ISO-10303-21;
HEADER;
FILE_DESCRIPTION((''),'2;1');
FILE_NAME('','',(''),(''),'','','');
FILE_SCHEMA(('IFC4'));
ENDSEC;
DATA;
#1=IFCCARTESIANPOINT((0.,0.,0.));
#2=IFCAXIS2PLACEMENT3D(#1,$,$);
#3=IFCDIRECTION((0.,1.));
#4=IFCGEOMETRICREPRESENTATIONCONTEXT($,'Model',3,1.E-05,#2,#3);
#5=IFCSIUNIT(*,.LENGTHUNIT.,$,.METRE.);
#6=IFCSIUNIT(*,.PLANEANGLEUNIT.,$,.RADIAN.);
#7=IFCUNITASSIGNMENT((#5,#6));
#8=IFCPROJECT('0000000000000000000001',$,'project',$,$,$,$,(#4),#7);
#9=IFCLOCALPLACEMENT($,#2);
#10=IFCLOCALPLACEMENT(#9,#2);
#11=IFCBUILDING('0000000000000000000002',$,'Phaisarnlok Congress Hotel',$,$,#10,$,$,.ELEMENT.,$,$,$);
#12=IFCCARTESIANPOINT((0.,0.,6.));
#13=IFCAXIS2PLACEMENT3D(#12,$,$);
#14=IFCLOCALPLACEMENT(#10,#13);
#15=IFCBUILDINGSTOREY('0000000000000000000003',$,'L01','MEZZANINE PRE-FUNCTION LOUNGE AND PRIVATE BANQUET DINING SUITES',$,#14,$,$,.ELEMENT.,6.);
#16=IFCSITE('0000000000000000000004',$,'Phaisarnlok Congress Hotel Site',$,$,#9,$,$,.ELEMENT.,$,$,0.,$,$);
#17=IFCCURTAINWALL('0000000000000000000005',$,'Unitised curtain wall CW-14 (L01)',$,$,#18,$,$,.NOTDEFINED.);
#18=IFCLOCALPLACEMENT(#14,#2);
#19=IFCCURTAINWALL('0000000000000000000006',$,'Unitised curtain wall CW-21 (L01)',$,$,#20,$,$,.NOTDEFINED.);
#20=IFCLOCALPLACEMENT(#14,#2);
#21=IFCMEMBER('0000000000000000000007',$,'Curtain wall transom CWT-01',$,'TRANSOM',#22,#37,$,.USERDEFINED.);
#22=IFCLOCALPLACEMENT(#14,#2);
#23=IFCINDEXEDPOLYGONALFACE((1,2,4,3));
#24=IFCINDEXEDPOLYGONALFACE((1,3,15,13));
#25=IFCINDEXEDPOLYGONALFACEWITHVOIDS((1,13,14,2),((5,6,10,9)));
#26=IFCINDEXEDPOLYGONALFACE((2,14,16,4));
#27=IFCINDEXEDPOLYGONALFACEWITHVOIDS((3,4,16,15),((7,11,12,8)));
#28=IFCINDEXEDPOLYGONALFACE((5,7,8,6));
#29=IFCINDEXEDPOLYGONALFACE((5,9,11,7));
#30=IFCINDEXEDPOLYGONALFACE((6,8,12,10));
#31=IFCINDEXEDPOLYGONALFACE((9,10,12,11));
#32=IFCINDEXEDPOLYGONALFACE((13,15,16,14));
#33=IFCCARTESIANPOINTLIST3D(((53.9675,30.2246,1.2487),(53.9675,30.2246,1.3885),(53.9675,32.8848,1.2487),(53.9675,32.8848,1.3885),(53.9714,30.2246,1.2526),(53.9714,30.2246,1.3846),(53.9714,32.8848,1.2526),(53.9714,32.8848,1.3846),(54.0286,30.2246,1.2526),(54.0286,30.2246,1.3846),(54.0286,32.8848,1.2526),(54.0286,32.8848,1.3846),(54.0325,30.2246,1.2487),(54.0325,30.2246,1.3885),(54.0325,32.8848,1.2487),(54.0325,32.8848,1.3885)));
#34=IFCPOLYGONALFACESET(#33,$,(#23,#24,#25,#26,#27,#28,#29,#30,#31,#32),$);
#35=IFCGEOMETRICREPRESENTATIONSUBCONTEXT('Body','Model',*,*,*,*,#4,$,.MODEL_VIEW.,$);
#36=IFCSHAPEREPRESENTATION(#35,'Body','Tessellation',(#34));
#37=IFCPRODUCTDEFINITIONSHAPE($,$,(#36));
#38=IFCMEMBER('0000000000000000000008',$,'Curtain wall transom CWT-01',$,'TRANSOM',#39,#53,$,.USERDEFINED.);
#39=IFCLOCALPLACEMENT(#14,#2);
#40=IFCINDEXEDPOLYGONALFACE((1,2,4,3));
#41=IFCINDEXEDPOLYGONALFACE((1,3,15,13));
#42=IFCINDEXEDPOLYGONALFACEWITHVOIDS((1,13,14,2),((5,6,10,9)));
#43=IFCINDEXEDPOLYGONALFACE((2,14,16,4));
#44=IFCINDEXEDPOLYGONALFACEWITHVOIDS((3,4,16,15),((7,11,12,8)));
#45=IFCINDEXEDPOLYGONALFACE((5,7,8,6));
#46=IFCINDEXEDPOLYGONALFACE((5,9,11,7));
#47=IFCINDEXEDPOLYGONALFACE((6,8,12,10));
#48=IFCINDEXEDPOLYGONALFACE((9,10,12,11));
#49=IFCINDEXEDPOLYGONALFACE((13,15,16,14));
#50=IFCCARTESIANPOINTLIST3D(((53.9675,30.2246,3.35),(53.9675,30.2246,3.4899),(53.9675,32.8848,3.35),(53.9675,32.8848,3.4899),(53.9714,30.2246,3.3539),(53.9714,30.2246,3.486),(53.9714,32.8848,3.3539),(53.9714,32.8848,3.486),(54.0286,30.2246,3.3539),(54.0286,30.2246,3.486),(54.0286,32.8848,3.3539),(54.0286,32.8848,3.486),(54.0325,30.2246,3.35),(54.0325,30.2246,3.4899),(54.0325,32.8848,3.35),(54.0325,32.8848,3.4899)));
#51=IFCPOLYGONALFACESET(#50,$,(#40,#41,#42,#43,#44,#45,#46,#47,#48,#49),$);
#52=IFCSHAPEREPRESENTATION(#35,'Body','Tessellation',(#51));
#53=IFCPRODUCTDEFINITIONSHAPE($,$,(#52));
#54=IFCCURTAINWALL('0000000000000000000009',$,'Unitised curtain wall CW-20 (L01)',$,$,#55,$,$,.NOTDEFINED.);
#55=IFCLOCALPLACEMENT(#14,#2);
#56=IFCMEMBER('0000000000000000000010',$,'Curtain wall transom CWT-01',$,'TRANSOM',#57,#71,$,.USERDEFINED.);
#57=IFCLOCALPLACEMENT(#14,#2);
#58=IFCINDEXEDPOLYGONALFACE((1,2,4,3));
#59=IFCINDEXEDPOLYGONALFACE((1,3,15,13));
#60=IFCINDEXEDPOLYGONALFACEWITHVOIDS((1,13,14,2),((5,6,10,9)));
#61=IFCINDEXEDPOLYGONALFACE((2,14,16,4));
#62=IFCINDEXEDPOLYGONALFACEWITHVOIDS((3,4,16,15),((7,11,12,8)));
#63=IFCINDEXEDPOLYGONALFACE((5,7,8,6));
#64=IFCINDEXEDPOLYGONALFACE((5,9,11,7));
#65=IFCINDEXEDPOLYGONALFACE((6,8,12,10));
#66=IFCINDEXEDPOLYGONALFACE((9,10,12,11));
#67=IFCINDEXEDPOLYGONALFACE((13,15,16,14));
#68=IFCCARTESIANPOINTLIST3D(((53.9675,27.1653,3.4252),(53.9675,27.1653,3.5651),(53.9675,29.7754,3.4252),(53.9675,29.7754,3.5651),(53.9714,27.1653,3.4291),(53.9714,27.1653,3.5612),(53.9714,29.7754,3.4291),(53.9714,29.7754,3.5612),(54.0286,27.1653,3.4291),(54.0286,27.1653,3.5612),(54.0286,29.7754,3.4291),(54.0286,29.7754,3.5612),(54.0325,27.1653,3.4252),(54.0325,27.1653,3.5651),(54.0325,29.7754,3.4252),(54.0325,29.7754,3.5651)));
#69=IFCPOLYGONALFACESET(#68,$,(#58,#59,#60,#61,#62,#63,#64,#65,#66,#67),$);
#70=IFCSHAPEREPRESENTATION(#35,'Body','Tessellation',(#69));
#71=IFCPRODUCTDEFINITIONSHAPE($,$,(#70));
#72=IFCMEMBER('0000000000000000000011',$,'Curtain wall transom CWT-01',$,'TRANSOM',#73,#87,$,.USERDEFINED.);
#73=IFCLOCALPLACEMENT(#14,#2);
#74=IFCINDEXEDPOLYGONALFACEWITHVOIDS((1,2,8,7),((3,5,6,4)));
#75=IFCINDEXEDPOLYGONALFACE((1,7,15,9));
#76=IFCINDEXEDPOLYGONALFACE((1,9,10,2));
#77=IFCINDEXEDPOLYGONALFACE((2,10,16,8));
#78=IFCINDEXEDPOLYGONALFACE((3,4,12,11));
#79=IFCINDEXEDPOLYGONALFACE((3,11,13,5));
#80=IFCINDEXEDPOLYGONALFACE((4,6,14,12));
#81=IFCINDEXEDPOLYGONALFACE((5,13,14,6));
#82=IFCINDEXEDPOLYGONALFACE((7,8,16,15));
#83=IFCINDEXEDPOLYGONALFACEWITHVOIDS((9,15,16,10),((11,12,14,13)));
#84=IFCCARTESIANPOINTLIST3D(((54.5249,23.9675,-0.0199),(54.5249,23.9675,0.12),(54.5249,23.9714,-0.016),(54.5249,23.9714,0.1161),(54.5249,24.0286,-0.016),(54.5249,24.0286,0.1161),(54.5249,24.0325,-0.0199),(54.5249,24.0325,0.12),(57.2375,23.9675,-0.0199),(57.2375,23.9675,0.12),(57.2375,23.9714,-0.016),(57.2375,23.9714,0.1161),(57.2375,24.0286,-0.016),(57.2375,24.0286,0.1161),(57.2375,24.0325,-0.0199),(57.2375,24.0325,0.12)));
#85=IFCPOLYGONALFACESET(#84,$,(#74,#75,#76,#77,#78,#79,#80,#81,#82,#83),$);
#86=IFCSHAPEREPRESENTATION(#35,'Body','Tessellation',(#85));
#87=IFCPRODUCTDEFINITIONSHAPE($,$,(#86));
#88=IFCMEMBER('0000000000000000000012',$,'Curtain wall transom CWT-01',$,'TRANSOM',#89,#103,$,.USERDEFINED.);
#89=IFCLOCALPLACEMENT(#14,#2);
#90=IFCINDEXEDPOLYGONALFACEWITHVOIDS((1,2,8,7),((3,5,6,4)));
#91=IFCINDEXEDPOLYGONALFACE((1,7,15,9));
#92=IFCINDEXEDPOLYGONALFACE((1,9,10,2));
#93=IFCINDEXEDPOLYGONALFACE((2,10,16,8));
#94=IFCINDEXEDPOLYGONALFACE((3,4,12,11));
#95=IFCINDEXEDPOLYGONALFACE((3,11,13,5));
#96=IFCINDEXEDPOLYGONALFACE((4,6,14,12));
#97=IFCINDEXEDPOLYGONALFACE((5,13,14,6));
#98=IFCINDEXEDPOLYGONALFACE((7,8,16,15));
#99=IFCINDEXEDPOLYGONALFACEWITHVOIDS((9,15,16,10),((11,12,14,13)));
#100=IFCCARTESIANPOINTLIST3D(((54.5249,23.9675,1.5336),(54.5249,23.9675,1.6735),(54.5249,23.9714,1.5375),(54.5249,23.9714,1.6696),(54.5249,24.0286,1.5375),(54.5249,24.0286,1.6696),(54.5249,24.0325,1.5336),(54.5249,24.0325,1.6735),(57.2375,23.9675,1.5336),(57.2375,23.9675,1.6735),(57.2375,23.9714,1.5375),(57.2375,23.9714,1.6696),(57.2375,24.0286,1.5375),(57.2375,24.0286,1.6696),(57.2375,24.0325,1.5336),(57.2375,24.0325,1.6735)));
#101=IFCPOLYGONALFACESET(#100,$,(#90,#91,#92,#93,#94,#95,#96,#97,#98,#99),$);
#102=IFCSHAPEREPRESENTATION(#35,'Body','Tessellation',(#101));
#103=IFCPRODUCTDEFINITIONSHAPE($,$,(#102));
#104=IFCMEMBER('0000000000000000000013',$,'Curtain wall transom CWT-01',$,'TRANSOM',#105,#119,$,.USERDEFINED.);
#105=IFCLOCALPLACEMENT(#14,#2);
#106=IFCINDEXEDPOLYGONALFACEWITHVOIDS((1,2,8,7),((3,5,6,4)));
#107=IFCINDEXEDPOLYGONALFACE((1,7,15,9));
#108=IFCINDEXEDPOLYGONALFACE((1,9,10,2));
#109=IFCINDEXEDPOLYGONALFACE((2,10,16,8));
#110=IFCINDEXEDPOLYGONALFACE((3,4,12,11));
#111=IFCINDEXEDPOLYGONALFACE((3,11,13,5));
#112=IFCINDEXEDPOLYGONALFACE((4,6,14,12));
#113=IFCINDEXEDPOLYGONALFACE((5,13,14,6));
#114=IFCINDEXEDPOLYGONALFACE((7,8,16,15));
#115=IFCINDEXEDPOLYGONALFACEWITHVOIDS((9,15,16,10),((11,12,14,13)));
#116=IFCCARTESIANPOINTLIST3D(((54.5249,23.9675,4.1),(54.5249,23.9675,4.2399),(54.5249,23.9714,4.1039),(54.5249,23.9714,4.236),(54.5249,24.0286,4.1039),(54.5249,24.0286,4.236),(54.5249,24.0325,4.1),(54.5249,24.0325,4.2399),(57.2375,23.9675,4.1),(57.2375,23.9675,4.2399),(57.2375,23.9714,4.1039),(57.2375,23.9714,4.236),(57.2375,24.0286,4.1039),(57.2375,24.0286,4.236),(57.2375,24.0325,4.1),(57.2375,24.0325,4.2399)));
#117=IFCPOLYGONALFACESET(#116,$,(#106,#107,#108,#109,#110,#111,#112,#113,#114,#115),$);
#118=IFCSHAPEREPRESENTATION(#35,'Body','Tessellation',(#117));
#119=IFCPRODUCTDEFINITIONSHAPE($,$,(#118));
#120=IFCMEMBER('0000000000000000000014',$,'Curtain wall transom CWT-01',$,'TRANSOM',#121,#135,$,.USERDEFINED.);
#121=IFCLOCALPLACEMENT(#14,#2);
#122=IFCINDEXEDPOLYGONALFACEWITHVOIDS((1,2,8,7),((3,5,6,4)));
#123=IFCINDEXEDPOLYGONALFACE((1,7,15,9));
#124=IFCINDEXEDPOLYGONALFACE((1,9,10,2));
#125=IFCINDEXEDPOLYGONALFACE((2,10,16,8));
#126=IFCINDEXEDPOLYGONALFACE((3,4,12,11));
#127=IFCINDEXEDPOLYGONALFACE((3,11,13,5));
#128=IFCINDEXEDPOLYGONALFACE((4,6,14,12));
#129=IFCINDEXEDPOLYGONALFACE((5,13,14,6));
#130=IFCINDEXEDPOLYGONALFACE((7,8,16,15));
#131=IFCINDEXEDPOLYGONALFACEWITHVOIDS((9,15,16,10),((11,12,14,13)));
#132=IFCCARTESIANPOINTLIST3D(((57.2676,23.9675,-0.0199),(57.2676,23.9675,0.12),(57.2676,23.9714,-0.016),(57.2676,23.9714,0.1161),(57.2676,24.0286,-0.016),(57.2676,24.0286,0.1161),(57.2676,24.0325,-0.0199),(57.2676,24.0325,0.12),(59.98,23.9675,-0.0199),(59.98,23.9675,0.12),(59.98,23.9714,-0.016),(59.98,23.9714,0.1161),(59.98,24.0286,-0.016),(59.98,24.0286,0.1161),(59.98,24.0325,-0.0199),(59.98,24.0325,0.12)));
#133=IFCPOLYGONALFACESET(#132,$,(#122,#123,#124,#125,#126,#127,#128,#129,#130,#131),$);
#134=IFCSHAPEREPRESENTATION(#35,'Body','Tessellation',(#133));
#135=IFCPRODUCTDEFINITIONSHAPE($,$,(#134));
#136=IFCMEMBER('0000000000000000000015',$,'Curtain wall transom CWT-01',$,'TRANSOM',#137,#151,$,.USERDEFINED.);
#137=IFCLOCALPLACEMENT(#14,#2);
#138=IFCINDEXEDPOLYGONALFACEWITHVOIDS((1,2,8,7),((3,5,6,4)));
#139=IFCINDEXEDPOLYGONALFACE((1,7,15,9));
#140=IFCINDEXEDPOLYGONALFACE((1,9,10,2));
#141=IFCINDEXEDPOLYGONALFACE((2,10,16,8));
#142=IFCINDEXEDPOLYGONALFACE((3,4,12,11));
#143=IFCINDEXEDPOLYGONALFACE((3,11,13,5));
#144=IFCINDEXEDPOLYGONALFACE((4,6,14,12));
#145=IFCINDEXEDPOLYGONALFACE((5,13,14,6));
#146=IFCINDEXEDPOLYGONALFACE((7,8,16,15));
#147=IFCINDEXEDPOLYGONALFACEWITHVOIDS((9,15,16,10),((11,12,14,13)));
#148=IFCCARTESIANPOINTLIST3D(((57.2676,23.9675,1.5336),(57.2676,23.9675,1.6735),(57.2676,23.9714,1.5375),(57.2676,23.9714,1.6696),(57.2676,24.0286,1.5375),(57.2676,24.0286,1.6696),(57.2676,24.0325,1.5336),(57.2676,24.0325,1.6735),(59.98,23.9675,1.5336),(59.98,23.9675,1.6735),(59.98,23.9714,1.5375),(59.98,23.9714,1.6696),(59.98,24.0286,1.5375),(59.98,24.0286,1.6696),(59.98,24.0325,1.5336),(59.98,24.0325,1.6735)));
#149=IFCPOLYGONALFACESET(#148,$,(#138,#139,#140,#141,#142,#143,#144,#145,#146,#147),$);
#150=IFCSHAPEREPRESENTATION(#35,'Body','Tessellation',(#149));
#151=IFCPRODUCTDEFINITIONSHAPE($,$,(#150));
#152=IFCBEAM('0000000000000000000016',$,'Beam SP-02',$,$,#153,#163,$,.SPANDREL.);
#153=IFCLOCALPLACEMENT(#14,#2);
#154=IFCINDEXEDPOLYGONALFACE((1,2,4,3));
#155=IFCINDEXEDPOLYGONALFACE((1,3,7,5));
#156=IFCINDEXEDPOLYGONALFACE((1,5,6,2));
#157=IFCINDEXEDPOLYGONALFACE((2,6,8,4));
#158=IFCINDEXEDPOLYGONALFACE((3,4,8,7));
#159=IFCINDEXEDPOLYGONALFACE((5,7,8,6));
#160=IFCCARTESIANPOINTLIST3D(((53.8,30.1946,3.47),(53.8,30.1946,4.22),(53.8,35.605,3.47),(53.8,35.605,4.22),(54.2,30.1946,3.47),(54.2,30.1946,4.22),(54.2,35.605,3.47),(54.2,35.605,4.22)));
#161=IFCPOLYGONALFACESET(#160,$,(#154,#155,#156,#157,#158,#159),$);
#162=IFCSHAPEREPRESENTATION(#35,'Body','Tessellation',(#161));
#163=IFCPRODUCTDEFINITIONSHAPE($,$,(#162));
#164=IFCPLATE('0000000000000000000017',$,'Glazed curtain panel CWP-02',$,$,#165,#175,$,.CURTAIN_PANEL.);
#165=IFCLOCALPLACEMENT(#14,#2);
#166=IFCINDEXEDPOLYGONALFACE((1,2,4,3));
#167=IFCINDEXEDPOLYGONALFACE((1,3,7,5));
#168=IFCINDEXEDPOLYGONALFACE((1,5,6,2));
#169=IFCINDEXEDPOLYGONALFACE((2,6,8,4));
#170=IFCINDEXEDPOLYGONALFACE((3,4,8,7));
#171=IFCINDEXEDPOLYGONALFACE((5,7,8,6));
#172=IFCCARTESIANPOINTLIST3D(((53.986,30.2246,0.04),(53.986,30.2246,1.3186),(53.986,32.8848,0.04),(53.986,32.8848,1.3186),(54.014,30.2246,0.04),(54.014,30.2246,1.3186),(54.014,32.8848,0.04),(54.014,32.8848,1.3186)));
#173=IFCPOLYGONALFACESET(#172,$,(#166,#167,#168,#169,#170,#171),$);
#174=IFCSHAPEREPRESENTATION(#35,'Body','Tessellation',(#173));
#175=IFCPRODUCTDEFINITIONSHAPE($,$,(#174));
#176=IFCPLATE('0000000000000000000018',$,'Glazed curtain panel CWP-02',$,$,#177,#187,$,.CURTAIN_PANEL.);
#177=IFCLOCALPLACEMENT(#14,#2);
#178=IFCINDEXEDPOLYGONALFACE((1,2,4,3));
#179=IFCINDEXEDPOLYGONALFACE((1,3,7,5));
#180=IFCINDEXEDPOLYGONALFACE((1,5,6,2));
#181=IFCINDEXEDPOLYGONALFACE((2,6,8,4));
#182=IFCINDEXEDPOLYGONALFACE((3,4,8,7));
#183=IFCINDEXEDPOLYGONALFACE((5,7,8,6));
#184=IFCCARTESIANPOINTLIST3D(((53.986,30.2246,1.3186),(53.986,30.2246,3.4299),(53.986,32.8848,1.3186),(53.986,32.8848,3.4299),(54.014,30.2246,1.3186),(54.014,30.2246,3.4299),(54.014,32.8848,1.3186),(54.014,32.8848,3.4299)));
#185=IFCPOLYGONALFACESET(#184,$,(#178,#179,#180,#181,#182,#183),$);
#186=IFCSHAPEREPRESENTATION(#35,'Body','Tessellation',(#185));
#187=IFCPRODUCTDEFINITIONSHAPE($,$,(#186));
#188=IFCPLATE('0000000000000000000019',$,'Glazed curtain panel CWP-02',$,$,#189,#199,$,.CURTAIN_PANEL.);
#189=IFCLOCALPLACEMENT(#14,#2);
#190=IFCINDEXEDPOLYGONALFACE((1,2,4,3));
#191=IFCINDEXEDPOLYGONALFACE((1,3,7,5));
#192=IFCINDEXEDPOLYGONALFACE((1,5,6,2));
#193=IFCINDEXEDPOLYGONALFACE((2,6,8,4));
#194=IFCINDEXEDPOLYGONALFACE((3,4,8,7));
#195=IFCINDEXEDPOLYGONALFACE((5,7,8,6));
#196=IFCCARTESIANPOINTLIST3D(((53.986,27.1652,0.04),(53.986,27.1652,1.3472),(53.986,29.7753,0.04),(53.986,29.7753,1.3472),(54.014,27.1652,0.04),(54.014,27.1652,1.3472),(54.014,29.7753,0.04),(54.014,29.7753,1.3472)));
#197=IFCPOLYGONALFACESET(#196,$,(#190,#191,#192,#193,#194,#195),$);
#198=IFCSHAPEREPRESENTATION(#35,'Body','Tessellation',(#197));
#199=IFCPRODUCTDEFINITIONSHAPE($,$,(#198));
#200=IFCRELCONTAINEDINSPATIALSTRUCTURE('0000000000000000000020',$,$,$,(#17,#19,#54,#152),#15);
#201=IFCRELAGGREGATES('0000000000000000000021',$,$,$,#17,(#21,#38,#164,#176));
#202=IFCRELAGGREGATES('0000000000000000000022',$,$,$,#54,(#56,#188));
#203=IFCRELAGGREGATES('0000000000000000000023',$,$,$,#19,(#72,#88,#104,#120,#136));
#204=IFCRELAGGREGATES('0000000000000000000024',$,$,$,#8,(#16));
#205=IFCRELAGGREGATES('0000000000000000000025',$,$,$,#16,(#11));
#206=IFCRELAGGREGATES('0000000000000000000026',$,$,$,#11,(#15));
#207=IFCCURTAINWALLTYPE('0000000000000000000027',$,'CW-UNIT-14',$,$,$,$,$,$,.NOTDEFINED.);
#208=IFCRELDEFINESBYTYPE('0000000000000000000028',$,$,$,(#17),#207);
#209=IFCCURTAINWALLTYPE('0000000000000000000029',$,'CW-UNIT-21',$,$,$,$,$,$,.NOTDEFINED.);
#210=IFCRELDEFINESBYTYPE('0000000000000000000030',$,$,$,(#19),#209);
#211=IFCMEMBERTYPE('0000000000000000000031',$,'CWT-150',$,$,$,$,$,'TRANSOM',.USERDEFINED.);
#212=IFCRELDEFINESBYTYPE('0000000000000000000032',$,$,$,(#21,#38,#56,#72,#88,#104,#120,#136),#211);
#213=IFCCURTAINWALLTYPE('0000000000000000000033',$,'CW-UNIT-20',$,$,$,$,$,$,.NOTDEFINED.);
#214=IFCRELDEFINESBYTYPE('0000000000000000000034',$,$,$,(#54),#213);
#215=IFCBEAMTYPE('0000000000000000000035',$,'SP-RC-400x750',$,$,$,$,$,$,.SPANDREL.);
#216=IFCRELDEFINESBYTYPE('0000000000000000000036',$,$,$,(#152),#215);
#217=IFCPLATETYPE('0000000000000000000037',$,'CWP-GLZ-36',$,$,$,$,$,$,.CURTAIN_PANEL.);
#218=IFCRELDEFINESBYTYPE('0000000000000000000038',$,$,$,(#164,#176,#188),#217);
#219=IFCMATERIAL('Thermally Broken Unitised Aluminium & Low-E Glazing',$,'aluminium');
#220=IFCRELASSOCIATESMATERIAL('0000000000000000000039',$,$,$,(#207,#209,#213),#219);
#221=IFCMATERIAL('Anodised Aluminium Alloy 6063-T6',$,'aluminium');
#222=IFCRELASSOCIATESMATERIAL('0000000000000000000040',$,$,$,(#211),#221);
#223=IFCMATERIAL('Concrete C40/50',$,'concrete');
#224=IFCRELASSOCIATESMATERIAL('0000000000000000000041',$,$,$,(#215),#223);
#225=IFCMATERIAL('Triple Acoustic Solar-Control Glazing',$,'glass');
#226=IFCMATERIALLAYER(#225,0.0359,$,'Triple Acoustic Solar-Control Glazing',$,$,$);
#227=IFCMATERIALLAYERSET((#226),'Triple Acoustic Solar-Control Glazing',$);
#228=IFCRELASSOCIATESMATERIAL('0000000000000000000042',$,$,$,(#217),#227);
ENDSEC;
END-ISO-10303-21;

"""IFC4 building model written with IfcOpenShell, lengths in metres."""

from ifc_helpers import new_model, si_unit, direction, frame, frame_2d, origin, origin_2d, place, context, subcontext, project, spatial, rectangle, hollow_rectangle, extrude, material, layer, layer_set, material_profile, profile_set, type_object, element, aggregate, save


model = new_model("IFC4")

# Units and contexts
model_context = context("Model", 3, precision=1e-05, world=origin(), true_north=direction((0.0, 1.0)))
body_context = subcontext(model_context, "Body", "Model", "MODEL_VIEW")
ifc_project = project(units=[si_unit("LENGTHUNIT", "METRE"), si_unit("PLANEANGLEUNIT", "RADIAN")], contexts=[model_context])

# Site, building, storey
site_placement = place(None, origin())
site = spatial("IfcSite", under=ifc_project, at=site_placement, Name="Phaisarnlok Congress Hotel Site", CompositionType="ELEMENT", RefElevation=0.0)
building_placement = place(site_placement, origin())
building = spatial("IfcBuilding", under=site, at=building_placement, Name="Phaisarnlok Congress Hotel", CompositionType="ELEMENT")
storey_placement = place(building_placement, frame((0.0, 0.0, 6.0)))
storey = spatial("IfcBuildingStorey", under=building, at=storey_placement, Name="L01", Description="MEZZANINE PRE-FUNCTION LOUNGE AND PRIVATE BANQUET DINING SUITES", CompositionType="ELEMENT", Elevation=6.0)

# Curtain walls
ifc_material_1 = material(Name="Thermally Broken Unitised Aluminium & Low-E Glazing", Category="aluminium")
curtain_wall_type_1 = type_object("IfcCurtainWallType", Name="CW-UNIT-14", PredefinedType="NOTDEFINED", material=ifc_material_1)
curtain_wall_1_placement = place(storey_placement, origin())
curtain_wall_1 = element("IfcCurtainWall", 1, at=curtain_wall_1_placement, inside=storey, type_object=curtain_wall_type_1, Name="Unitised curtain wall CW-14 (L01)", PredefinedType="NOTDEFINED")
ifc_material_2 = material(Name="Anodised Aluminium Alloy 6063-T6", Category="aluminium")
curtain_wall_type_2 = type_object("IfcCurtainWallType", Name="CW-UNIT-21", PredefinedType="NOTDEFINED", material=ifc_material_1)
curtain_wall_2_placement = place(storey_placement, origin())
curtain_wall_2 = element("IfcCurtainWall", 2, at=curtain_wall_2_placement, inside=storey, type_object=curtain_wall_type_2, Name="Unitised curtain wall CW-21 (L01)", PredefinedType="NOTDEFINED")

# Members
ifc_material_profile_1 = material_profile(ifc_material_2, hollow_rectangle(XDim=0.0649, YDim=0.1399, WallThickness=0.0039, at=origin_2d()), Name="ALU-T 65x140x4")
ifc_profile_set_1 = profile_set([ifc_material_profile_1], Name="Anodised Aluminium Alloy 6063-T6")
member_type_1 = type_object("IfcMemberType", Name="CWT-150", ElementType="TRANSOM", PredefinedType="USERDEFINED", material=ifc_profile_set_1)
member_1_placement = place(storey_placement, frame((54.0, 32.8848, 1.3186), z_axis=(0.0, -1.0, 0.0), x_axis=(1.0, 0.0, 0.0)))
member_1 = element("IfcMember", 3, at=member_1_placement, type_object=member_type_1, Name="Curtain wall transom CWT-01", ObjectType="TRANSOM", PredefinedType="USERDEFINED", context=body_context, shape_type="SweptSolid", body=[
    extrude(hollow_rectangle(XDim=0.0649, YDim=0.1399, WallThickness=0.0039, at=origin_2d()), origin(), (0.0, 0.0, 1.0), 2.6602),
])
member_2_placement = place(storey_placement, frame((54.0, 32.8848, 3.4199), z_axis=(0.0, -1.0, 0.0), x_axis=(1.0, 0.0, 0.0)))
member_2 = element("IfcMember", 4, at=member_2_placement, type_object=member_type_1, Name="Curtain wall transom CWT-01", ObjectType="TRANSOM", PredefinedType="USERDEFINED", context=body_context, shape_type="SweptSolid", body=[
    extrude(hollow_rectangle(XDim=0.0649, YDim=0.1399, WallThickness=0.0039, at=origin_2d()), origin(), (0.0, 0.0, 1.0), 2.6602),
])

# Curtain wall, member
curtain_wall_type_3 = type_object("IfcCurtainWallType", Name="CW-UNIT-20", PredefinedType="NOTDEFINED", material=ifc_material_1)
curtain_wall_3_placement = place(storey_placement, origin())
curtain_wall_3 = element("IfcCurtainWall", 5, at=curtain_wall_3_placement, inside=storey, type_object=curtain_wall_type_3, Name="Unitised curtain wall CW-20 (L01)", PredefinedType="NOTDEFINED")
member_3_placement = place(storey_placement, frame((54.0, 29.7754, 3.4951), z_axis=(0.0, -1.0, 0.0), x_axis=(1.0, 0.0, 0.0)))
member_3 = element("IfcMember", 6, at=member_3_placement, type_object=member_type_1, Name="Curtain wall transom CWT-01", ObjectType="TRANSOM", PredefinedType="USERDEFINED", context=body_context, shape_type="SweptSolid", body=[
    extrude(hollow_rectangle(XDim=0.0649, YDim=0.1399, WallThickness=0.0039, at=origin_2d()), origin(), (0.0, 0.0, 1.0), 2.6101),
])

# Members
member_4_placement = place(storey_placement, frame((54.5249, 24.0, 0.05), z_axis=(1.0, 0.0, 0.0), x_axis=(0.0, 1.0, 0.0)))
member_4 = element("IfcMember", 7, at=member_4_placement, type_object=member_type_1, Name="Curtain wall transom CWT-01", ObjectType="TRANSOM", PredefinedType="USERDEFINED", context=body_context, shape_type="SweptSolid", body=[
    extrude(hollow_rectangle(XDim=0.0649, YDim=0.1399, WallThickness=0.0039, at=origin_2d()), origin(), (0.0, 0.0, 1.0), 2.7126),
])
member_5_placement = place(storey_placement, frame((54.5249, 24.0, 1.6035), z_axis=(1.0, 0.0, 0.0), x_axis=(0.0, 1.0, 0.0)))
member_5 = element("IfcMember", 8, at=member_5_placement, type_object=member_type_1, Name="Curtain wall transom CWT-01", ObjectType="TRANSOM", PredefinedType="USERDEFINED", context=body_context, shape_type="SweptSolid", body=[
    extrude(hollow_rectangle(XDim=0.0649, YDim=0.1399, WallThickness=0.0039, at=origin_2d()), origin(), (0.0, 0.0, 1.0), 2.7126),
])
member_6_placement = place(storey_placement, frame((54.5249, 24.0, 4.1699), z_axis=(1.0, 0.0, 0.0), x_axis=(0.0, 1.0, 0.0)))
member_6 = element("IfcMember", 9, at=member_6_placement, type_object=member_type_1, Name="Curtain wall transom CWT-01", ObjectType="TRANSOM", PredefinedType="USERDEFINED", context=body_context, shape_type="SweptSolid", body=[
    extrude(hollow_rectangle(XDim=0.0649, YDim=0.1399, WallThickness=0.0039, at=origin_2d()), origin(), (0.0, 0.0, 1.0), 2.7126),
])
member_7_placement = place(storey_placement, frame((57.2676, 24.0, 0.05), z_axis=(1.0, 0.0, 0.0), x_axis=(0.0, 1.0, 0.0)))
member_7 = element("IfcMember", 10, at=member_7_placement, type_object=member_type_1, Name="Curtain wall transom CWT-01", ObjectType="TRANSOM", PredefinedType="USERDEFINED", context=body_context, shape_type="SweptSolid", body=[
    extrude(hollow_rectangle(XDim=0.0649, YDim=0.1399, WallThickness=0.0039, at=origin_2d()), origin(), (0.0, 0.0, 1.0), 2.7124),
])
member_8_placement = place(storey_placement, frame((57.2676, 24.0, 1.6035), z_axis=(1.0, 0.0, 0.0), x_axis=(0.0, 1.0, 0.0)))
member_8 = element("IfcMember", 11, at=member_8_placement, type_object=member_type_1, Name="Curtain wall transom CWT-01", ObjectType="TRANSOM", PredefinedType="USERDEFINED", context=body_context, shape_type="SweptSolid", body=[
    extrude(hollow_rectangle(XDim=0.0649, YDim=0.1399, WallThickness=0.0039, at=origin_2d()), origin(), (0.0, 0.0, 1.0), 2.7124),
])

# Beam
ifc_material_3 = material(Name="Concrete C40/50", Category="concrete")
ifc_material_profile_2 = material_profile(ifc_material_3, rectangle(XDim=0.3999, YDim=0.75, at=origin_2d()), Name="RC 400x750")
ifc_profile_set_2 = profile_set([ifc_material_profile_2], Name="Concrete C40/50")
beam_type_1 = type_object("IfcBeamType", Name="SP-RC-400x750", PredefinedType="SPANDREL", material=ifc_profile_set_2)
beam_1_placement = place(storey_placement, frame((54.0, 30.1946, 3.845), z_axis=(0.0, 1.0, 0.0), x_axis=(-1.0, 0.0, 0.0)))
element("IfcBeam", 12, at=beam_1_placement, inside=storey, type_object=beam_type_1, Name="Beam SP-02", PredefinedType="SPANDREL", context=body_context, shape_type="SweptSolid", body=[
    extrude(rectangle(XDim=0.3999, YDim=0.75, at=origin_2d()), origin(), (0.0, 0.0, 1.0), 5.4104),
])

# Plates
ifc_material_4 = material(Name="Triple Acoustic Solar-Control Glazing", Category="glass")
ifc_layer_1 = layer(ifc_material_4, 0.0359, Name="Triple Acoustic Solar-Control Glazing")
ifc_layer_set_1 = layer_set([ifc_layer_1], Name="Triple Acoustic Solar-Control Glazing")
plate_type = type_object("IfcPlateType", Name="CWP-GLZ-36", PredefinedType="CURTAIN_PANEL", material=ifc_layer_set_1)
plate_1_placement = place(storey_placement, frame((54.0, 32.8848, 0.04), z_axis=(0.0, 0.0, 1.0), x_axis=(0.0, -1.0, 0.0)))
plate_1 = element("IfcPlate", 13, at=plate_1_placement, type_object=plate_type, Name="Glazed curtain panel CWP-02", PredefinedType="CURTAIN_PANEL", context=body_context, shape_type="SweptSolid", body=[
    extrude(rectangle(XDim=2.6602, YDim=0.0281, at=frame_2d((1.3301, 0.0))), origin(), (0.0, 0.0, 1.0), 1.2786),
])
plate_2_placement = place(storey_placement, frame((54.0, 32.8848, 1.3186), z_axis=(0.0, 0.0, 1.0), x_axis=(0.0, -1.0, 0.0)))
plate_2 = element("IfcPlate", 14, at=plate_2_placement, type_object=plate_type, Name="Glazed curtain panel CWP-02", PredefinedType="CURTAIN_PANEL", context=body_context, shape_type="SweptSolid", body=[
    extrude(rectangle(XDim=2.6602, YDim=0.0281, at=frame_2d((1.3301, 0.0))), origin(), (0.0, 0.0, 1.0), 2.1113),
])
aggregate(curtain_wall_1, [member_1, member_2, plate_1, plate_2])
plate_3_placement = place(storey_placement, frame((54.0, 29.7754, 0.04), z_axis=(0.0, 0.0, 1.0), x_axis=(0.0, -1.0, 0.0)))
plate_3 = element("IfcPlate", 15, at=plate_3_placement, type_object=plate_type, Name="Glazed curtain panel CWP-02", PredefinedType="CURTAIN_PANEL", context=body_context, shape_type="SweptSolid", body=[
    extrude(rectangle(XDim=2.6101, YDim=0.0281, at=frame_2d((1.3052, 0.0))), origin(), (0.0, 0.0, 1.0), 1.3071),
])
aggregate(curtain_wall_3, [member_3, plate_3])
aggregate(curtain_wall_2, [member_4, member_5, member_6, member_7, member_8])

save(model, "model.ifc")
